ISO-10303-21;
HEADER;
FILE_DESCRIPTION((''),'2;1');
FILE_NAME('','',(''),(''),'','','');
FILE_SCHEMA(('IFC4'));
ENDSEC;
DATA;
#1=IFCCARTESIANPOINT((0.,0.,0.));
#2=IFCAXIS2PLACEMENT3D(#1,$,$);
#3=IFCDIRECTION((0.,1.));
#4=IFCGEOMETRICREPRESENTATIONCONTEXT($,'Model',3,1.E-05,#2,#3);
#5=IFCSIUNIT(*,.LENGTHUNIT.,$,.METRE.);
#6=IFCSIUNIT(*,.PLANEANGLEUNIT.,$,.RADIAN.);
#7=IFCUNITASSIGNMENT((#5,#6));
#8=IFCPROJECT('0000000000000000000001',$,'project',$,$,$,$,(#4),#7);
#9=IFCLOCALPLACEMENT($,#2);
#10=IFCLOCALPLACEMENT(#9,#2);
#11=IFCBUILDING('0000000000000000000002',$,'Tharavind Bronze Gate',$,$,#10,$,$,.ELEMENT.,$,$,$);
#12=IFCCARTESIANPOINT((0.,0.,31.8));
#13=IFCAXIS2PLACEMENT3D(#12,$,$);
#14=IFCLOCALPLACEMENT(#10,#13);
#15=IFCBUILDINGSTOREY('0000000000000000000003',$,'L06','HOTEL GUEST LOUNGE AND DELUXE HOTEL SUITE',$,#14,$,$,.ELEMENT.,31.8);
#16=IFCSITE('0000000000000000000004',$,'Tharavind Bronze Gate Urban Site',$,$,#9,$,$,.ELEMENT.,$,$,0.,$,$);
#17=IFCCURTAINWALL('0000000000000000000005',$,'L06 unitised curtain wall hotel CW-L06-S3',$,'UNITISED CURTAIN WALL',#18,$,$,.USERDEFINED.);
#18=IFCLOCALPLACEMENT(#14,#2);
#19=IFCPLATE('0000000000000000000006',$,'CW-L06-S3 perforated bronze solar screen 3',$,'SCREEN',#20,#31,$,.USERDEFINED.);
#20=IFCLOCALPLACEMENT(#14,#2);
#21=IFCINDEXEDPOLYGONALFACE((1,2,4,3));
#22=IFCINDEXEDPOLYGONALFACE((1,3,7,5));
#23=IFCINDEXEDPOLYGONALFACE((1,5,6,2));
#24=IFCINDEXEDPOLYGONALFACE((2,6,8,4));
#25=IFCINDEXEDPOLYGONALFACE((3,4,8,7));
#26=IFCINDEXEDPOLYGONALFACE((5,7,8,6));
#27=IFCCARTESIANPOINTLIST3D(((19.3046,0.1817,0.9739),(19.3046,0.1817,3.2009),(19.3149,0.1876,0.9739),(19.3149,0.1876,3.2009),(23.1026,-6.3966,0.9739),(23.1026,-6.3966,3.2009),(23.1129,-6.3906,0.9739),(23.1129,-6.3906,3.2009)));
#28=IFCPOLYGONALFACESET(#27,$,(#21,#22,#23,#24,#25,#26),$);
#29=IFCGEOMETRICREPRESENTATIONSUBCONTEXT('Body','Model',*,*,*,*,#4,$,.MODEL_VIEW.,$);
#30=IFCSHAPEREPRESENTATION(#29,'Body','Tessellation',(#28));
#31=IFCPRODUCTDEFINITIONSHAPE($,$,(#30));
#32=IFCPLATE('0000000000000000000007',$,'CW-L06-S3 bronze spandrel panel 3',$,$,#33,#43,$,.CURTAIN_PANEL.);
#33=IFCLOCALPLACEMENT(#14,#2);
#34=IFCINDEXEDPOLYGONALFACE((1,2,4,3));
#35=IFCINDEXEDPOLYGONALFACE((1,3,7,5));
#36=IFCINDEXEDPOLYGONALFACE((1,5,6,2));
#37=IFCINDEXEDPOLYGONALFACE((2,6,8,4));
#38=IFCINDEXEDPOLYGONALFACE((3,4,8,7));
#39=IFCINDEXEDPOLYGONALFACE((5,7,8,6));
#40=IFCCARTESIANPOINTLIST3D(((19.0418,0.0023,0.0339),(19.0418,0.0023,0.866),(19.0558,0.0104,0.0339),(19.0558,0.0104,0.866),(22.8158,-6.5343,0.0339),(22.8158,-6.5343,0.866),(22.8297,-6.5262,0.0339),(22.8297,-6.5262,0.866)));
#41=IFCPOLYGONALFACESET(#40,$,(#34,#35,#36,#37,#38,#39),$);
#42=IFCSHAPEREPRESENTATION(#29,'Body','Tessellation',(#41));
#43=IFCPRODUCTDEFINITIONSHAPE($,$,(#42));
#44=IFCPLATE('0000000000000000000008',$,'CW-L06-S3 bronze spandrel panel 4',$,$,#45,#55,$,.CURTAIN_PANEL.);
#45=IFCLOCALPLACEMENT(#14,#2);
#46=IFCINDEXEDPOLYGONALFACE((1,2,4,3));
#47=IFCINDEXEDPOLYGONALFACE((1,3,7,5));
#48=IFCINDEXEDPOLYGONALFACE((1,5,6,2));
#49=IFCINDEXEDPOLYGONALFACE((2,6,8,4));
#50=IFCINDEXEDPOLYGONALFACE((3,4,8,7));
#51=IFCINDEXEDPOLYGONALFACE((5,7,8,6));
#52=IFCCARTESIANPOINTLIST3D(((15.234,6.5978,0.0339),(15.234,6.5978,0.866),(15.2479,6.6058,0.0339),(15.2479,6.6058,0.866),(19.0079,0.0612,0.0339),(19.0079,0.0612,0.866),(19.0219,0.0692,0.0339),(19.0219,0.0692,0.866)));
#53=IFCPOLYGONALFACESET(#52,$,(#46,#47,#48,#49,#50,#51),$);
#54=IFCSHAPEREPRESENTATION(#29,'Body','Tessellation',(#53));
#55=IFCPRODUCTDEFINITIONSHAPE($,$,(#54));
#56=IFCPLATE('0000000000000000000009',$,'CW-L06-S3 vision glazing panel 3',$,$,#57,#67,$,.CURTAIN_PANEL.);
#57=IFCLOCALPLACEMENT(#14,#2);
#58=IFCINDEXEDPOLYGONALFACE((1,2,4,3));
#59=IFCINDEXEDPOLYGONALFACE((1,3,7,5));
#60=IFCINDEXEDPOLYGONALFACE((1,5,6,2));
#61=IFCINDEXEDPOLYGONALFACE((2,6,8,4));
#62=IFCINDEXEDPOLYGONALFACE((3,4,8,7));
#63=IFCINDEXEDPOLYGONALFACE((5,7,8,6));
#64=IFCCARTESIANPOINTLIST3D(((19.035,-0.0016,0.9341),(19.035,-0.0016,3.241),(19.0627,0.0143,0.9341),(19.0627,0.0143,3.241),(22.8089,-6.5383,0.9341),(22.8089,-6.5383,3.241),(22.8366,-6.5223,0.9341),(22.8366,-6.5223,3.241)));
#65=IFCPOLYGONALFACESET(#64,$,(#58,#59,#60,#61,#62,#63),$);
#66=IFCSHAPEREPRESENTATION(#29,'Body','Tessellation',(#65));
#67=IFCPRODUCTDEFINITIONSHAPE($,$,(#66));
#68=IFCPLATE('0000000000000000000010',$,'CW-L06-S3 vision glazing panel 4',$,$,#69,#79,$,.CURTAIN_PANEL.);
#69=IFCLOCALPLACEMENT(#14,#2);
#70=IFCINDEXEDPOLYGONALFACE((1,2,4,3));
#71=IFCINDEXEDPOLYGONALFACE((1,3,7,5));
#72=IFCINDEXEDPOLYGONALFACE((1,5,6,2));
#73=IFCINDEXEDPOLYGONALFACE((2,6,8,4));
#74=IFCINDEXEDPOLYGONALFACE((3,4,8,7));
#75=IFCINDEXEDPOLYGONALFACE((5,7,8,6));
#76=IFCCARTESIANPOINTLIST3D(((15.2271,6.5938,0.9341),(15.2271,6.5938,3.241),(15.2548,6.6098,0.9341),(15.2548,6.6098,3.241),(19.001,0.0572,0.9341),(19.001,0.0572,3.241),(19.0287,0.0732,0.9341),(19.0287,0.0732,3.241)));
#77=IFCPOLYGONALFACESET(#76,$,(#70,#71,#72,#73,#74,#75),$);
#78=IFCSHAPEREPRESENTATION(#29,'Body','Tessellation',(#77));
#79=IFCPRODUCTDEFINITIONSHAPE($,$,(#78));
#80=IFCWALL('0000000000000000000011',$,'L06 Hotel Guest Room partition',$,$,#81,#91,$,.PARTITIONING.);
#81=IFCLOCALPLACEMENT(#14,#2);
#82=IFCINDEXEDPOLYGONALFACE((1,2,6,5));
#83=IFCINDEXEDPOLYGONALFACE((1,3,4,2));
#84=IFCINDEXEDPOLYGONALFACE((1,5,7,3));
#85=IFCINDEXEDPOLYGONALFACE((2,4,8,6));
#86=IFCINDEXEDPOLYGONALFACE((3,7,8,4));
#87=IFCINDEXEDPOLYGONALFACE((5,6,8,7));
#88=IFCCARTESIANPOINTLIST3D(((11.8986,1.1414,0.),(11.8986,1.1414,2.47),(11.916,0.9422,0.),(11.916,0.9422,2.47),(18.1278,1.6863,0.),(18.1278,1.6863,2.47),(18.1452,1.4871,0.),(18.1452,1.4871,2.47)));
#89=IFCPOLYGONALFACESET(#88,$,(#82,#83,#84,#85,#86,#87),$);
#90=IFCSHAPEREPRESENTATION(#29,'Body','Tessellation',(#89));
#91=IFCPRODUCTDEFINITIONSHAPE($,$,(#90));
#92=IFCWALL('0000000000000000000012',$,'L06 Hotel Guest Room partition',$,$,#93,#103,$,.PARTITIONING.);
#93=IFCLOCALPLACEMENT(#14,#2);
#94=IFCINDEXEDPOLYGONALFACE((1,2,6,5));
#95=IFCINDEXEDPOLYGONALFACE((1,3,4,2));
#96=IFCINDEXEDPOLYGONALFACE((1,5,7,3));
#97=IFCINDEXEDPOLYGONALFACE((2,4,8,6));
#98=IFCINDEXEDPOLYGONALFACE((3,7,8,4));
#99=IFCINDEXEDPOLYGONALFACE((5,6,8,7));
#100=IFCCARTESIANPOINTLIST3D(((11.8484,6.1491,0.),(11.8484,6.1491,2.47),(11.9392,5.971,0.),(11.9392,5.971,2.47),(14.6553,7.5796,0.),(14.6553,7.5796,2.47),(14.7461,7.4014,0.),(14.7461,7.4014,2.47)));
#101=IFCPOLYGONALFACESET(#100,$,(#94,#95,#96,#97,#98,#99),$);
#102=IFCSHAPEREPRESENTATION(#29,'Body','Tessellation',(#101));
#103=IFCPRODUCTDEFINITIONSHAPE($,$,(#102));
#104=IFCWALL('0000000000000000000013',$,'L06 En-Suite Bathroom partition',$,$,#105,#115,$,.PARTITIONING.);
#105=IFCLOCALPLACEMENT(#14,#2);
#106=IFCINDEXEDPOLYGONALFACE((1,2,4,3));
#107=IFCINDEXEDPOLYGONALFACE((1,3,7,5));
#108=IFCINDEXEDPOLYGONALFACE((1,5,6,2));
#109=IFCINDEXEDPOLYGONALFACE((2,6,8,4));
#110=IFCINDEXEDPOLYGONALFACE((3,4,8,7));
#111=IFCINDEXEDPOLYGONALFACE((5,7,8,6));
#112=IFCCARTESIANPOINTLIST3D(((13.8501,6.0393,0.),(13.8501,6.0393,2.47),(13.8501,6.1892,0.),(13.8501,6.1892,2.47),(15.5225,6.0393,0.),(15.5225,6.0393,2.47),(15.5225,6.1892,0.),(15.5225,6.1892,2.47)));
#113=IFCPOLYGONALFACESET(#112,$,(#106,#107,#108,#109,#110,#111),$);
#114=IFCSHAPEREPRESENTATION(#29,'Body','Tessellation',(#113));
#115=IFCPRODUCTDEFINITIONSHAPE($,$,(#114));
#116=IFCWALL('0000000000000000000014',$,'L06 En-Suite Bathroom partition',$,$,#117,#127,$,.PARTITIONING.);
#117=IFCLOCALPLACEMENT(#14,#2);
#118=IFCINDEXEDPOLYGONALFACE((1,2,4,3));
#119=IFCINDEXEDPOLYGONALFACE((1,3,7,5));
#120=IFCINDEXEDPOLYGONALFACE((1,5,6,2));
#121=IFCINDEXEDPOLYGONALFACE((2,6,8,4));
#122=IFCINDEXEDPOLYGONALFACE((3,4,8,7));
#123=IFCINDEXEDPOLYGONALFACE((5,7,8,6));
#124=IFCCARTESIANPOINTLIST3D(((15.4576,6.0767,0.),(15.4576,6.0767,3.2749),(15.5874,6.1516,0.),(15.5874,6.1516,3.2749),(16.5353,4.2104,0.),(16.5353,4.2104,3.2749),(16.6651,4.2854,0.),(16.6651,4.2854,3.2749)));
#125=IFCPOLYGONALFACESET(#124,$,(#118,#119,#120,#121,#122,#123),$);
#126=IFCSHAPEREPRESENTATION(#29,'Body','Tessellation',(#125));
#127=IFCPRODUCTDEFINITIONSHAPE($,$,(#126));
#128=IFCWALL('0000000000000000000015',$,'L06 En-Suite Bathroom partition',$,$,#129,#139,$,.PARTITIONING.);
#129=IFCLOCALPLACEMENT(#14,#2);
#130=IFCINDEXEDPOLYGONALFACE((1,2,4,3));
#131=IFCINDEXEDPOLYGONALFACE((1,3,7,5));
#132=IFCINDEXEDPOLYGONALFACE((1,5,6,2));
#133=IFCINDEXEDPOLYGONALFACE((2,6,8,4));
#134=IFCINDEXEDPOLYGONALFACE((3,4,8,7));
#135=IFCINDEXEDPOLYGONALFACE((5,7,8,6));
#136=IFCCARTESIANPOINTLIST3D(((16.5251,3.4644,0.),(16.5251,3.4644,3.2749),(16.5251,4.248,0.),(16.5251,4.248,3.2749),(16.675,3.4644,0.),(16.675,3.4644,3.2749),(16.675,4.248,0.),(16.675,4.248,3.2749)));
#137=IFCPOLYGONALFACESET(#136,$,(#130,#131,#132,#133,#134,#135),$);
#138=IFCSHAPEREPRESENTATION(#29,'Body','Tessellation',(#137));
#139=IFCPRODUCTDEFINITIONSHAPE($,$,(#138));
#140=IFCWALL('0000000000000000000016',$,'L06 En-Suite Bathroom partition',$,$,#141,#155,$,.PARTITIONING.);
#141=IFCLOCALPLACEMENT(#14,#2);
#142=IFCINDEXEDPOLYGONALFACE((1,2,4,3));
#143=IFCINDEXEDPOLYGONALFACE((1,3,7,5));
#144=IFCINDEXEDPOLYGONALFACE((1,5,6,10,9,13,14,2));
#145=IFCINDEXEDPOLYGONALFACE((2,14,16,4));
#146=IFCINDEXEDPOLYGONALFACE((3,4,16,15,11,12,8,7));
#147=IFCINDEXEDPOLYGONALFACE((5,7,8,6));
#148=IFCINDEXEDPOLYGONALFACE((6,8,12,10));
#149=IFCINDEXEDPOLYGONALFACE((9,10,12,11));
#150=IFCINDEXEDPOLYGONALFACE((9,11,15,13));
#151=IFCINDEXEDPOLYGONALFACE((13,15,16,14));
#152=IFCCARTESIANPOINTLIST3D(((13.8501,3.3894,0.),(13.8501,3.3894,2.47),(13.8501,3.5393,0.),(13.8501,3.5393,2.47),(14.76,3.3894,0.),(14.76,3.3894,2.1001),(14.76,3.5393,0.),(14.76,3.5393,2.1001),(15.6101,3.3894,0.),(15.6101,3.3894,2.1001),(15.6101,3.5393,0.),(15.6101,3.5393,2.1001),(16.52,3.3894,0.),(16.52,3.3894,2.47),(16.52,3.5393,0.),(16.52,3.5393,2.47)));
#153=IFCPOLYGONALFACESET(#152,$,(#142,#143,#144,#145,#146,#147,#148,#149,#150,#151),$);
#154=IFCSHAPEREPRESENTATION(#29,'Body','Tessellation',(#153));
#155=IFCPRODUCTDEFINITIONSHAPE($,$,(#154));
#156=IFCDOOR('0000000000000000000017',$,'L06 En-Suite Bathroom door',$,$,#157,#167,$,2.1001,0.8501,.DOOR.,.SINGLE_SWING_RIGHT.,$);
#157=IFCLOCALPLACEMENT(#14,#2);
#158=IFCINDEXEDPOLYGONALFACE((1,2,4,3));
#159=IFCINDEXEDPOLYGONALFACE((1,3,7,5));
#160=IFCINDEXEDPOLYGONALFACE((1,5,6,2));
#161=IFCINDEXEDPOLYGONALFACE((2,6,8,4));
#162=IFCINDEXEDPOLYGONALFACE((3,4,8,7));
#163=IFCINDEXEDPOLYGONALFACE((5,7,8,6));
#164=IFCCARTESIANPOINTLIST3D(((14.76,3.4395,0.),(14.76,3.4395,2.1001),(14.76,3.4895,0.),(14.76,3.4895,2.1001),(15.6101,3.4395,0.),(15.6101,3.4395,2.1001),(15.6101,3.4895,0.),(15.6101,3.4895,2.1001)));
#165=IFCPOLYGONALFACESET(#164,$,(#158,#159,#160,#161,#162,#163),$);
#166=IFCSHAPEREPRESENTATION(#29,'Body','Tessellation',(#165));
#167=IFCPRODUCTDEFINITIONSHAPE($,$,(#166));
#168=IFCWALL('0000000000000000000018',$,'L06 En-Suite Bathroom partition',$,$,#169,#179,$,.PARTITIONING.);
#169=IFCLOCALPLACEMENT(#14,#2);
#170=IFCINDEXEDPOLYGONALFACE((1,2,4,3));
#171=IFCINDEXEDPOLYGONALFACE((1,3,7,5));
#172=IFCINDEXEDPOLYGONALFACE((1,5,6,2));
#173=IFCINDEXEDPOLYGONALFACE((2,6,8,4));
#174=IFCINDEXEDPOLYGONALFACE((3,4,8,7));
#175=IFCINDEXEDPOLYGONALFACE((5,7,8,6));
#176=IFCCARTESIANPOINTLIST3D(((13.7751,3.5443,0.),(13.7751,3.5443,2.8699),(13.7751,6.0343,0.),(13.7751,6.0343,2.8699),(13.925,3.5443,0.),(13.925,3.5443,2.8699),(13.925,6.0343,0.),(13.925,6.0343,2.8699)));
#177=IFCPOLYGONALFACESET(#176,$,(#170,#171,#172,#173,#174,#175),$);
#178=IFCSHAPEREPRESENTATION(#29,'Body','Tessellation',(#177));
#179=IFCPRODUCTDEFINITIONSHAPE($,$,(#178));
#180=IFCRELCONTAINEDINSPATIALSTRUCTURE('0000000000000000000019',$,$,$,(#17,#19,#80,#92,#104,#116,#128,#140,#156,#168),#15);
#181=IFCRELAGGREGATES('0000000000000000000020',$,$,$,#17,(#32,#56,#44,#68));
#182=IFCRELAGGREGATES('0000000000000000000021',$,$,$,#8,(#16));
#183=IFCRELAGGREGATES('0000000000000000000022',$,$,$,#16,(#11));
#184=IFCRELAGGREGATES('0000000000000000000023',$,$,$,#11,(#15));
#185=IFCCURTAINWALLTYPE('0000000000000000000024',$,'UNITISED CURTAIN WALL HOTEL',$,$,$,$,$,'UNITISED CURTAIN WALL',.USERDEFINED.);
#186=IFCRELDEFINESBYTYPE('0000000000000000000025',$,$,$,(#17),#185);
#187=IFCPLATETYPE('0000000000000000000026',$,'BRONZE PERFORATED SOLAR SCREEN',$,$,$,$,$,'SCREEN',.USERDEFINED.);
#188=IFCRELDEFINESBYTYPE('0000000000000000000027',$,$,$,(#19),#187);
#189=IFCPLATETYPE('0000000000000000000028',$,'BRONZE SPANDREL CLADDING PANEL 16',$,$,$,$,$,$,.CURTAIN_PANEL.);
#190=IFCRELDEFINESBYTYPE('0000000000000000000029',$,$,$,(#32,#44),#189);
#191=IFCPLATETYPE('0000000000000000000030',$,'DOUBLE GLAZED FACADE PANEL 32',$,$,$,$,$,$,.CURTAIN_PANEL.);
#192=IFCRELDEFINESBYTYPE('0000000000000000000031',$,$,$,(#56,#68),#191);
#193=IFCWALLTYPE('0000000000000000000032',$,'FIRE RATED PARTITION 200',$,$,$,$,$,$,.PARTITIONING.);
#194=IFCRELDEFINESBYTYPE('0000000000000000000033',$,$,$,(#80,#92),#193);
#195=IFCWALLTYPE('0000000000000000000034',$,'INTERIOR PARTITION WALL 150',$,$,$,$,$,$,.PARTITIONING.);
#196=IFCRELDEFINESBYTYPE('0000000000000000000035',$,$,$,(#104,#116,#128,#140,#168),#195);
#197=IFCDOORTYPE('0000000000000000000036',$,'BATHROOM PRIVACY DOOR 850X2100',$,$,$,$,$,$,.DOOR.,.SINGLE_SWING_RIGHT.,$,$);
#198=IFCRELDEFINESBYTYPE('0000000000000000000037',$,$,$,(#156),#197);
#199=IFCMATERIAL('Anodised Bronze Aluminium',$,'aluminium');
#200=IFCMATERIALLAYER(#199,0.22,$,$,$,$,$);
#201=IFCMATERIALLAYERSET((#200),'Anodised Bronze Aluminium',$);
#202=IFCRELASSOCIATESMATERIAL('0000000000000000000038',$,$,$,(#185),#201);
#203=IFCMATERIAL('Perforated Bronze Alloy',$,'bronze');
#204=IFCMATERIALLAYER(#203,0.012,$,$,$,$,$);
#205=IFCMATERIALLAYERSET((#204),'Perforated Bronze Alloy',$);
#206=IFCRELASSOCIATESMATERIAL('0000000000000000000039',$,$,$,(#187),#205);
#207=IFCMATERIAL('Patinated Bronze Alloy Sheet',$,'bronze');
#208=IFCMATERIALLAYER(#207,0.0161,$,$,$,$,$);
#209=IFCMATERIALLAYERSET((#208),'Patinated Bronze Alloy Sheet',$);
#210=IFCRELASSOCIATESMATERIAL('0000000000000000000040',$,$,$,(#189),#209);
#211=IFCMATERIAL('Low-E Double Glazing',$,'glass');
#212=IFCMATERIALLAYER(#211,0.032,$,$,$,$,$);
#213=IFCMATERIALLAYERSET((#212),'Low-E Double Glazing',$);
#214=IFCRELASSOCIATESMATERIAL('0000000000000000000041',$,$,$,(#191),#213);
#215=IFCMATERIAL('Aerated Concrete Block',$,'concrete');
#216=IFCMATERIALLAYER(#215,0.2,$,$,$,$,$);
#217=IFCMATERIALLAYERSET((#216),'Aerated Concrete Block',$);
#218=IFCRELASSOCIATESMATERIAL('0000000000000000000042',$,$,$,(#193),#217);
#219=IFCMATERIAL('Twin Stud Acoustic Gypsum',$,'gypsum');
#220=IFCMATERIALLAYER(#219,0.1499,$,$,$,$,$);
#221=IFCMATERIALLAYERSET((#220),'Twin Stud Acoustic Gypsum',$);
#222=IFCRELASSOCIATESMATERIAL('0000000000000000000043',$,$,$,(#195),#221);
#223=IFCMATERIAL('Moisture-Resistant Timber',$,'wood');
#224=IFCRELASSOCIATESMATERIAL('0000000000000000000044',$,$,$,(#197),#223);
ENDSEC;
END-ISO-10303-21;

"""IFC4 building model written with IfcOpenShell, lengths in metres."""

from ifc_helpers import new_model, si_unit, direction, frame, frame_2d, origin, origin_2d, place, context, subcontext, project, spatial, rectangle, extrude, material, layer, layer_set, type_object, element, fill, aggregate, save


model = new_model("IFC4")

# Units and contexts
model_context = context("Model", 3, precision=1e-05, world=origin(), true_north=direction((0.0, 1.0)))
body_context = subcontext(model_context, "Body", "Model", "MODEL_VIEW")
ifc_project = project(units=[si_unit("LENGTHUNIT", "METRE"), si_unit("PLANEANGLEUNIT", "RADIAN")], contexts=[model_context])

# Site, building, storey
site_placement = place(None, origin())
site = spatial("IfcSite", under=ifc_project, at=site_placement, Name="Tharavind Bronze Gate Urban Site", CompositionType="ELEMENT", RefElevation=0.0)
building_placement = place(site_placement, origin())
building = spatial("IfcBuilding", under=site, at=building_placement, Name="Tharavind Bronze Gate", CompositionType="ELEMENT")
storey_placement = place(building_placement, frame((0.0, 0.0, 31.8)))
storey = spatial("IfcBuildingStorey", under=building, at=storey_placement, Name="L06", Description="HOTEL GUEST LOUNGE AND DELUXE HOTEL SUITE", CompositionType="ELEMENT", Elevation=31.8)

# Curtain wall
ifc_material_1 = material(Name="Anodised Bronze Aluminium", Category="aluminium")
ifc_layer_1 = layer(ifc_material_1, 0.22)
ifc_layer_set_1 = layer_set([ifc_layer_1], Name="Anodised Bronze Aluminium")
curtain_wall_type = type_object("IfcCurtainWallType", Name="UNITISED CURTAIN WALL HOTEL", ElementType="UNITISED CURTAIN WALL", PredefinedType="USERDEFINED", material=ifc_layer_set_1)
curtain_wall_placement = place(storey_placement, origin())
curtain_wall = element("IfcCurtainWall", 1, at=curtain_wall_placement, inside=storey, type_object=curtain_wall_type, Name="L06 unitised curtain wall hotel CW-L06-S3", ObjectType="UNITISED CURTAIN WALL", PredefinedType="USERDEFINED")

# Plates
ifc_material_2 = material(Name="Perforated Bronze Alloy", Category="bronze")
ifc_layer_2 = layer(ifc_material_2, 0.012)
ifc_layer_set_2 = layer_set([ifc_layer_2], Name="Perforated Bronze Alloy")
plate_type_1 = type_object("IfcPlateType", Name="BRONZE PERFORATED SOLAR SCREEN", ElementType="SCREEN", PredefinedType="USERDEFINED", material=ifc_layer_set_2)
plate_1_placement = place(storey_placement, frame((21.2087, -3.1045, 0.9739), z_axis=(0.0, 0.0, 1.0), x_axis=(-0.500002, 0.866025, 0.0)))
element("IfcPlate", 2, at=plate_1_placement, inside=storey, type_object=plate_type_1, Name="CW-L06-S3 perforated bronze solar screen 3", ObjectType="SCREEN", PredefinedType="USERDEFINED", context=body_context, shape_type="SweptSolid", body=[
    extrude(rectangle(XDim=7.5959, YDim=0.012, at=origin_2d()), origin(), (0.0, 0.0, 1.0), 2.2271),
])
ifc_material_3 = material(Name="Patinated Bronze Alloy Sheet", Category="bronze")
ifc_layer_3 = layer(ifc_material_3, 0.0161)
ifc_layer_set_3 = layer_set([ifc_layer_3], Name="Patinated Bronze Alloy Sheet")
plate_type_2 = type_object("IfcPlateType", Name="BRONZE SPANDREL CLADDING PANEL 16", PredefinedType="CURTAIN_PANEL", material=ifc_layer_set_3)
plate_2_placement = place(storey_placement, frame((20.9358, -3.262, 0.0339), z_axis=(0.0, 0.0, 1.0), x_axis=(-0.500002, 0.866025, 0.0)))
plate_2 = element("IfcPlate", 3, at=plate_2_placement, type_object=plate_type_2, Name="CW-L06-S3 bronze spandrel panel 3", PredefinedType="CURTAIN_PANEL", context=body_context, shape_type="SweptSolid", body=[
    extrude(rectangle(XDim=7.5479, YDim=0.0161, at=origin_2d()), origin(), (0.0, 0.0, 1.0), 0.832),
])
plate_3_placement = place(storey_placement, frame((17.1279, 3.3335, 0.0339), z_axis=(0.0, 0.0, 1.0), x_axis=(-0.500002, 0.866025, 0.0)))
plate_3 = element("IfcPlate", 4, at=plate_3_placement, type_object=plate_type_2, Name="CW-L06-S3 bronze spandrel panel 4", PredefinedType="CURTAIN_PANEL", context=body_context, shape_type="SweptSolid", body=[
    extrude(rectangle(XDim=7.5479, YDim=0.0161, at=origin_2d()), origin(), (0.0, 0.0, 1.0), 0.832),
])
ifc_material_4 = material(Name="Low-E Double Glazing", Category="glass")
ifc_layer_4 = layer(ifc_material_4, 0.032)
ifc_layer_set_4 = layer_set([ifc_layer_4], Name="Low-E Double Glazing")
plate_type_3 = type_object("IfcPlateType", Name="DOUBLE GLAZED FACADE PANEL 32", PredefinedType="CURTAIN_PANEL", material=ifc_layer_set_4)
plate_4_placement = place(storey_placement, frame((20.9358, -3.262, 0.9341), z_axis=(0.0, 0.0, 1.0), x_axis=(-0.500002, 0.866025, 0.0)))
plate_4 = element("IfcPlate", 5, at=plate_4_placement, type_object=plate_type_3, Name="CW-L06-S3 vision glazing panel 3", PredefinedType="CURTAIN_PANEL", context=body_context, shape_type="SweptSolid", body=[
    extrude(rectangle(XDim=7.5479, YDim=0.032, at=origin_2d()), origin(), (0.0, 0.0, 1.0), 2.3069),
])
plate_5_placement = place(storey_placement, frame((17.1279, 3.3335, 0.9341), z_axis=(0.0, 0.0, 1.0), x_axis=(-0.500002, 0.866025, 0.0)))
plate_5 = element("IfcPlate", 6, at=plate_5_placement, type_object=plate_type_3, Name="CW-L06-S3 vision glazing panel 4", PredefinedType="CURTAIN_PANEL", context=body_context, shape_type="SweptSolid", body=[
    extrude(rectangle(XDim=7.5479, YDim=0.032, at=origin_2d()), origin(), (0.0, 0.0, 1.0), 2.3069),
])
aggregate(curtain_wall, [plate_2, plate_4, plate_3, plate_5])

# Wall
ifc_material_5 = material(Name="Aerated Concrete Block", Category="concrete")
ifc_layer_5 = layer(ifc_material_5, 0.2)
ifc_layer_set_5 = layer_set([ifc_layer_5], Name="Aerated Concrete Block")
wall_type_1 = type_object("IfcWallType", Name="FIRE RATED PARTITION 200", PredefinedType="PARTITIONING", material=ifc_layer_set_5)
wall_1_placement = place(storey_placement, frame((18.1365, 1.5867, 0.0), z_axis=(0.0, 0.0, 1.0), x_axis=(-0.996196, -0.087145, 0.0)))
element("IfcWall", 7, at=wall_1_placement, inside=storey, type_object=wall_type_1, Name="L06 Hotel Guest Room partition", PredefinedType="PARTITIONING", context=body_context, shape_type="SweptSolid", body=[
    extrude(rectangle(XDim=6.2529, YDim=0.2, at=frame_2d((3.1265, 0.0))), origin(), (0.0, 0.0, 1.0), 2.47),
])

# Wall
wall_2_placement = place(storey_placement, frame((11.8938, 6.0601, 0.0), z_axis=(0.0, 0.0, 1.0), x_axis=(0.890976, 0.454051, 0.0)))
element("IfcWall", 8, at=wall_2_placement, inside=storey, type_object=wall_type_1, Name="L06 Hotel Guest Room partition", PredefinedType="PARTITIONING", context=body_context, shape_type="SweptSolid", body=[
    extrude(rectangle(XDim=3.1504, YDim=0.2, at=frame_2d((1.5752, 0.0))), origin(), (0.0, 0.0, 1.0), 2.47),
])

# Walls
ifc_material_6 = material(Name="Twin Stud Acoustic Gypsum", Category="gypsum")
ifc_layer_6 = layer(ifc_material_6, 0.1499)
ifc_layer_set_6 = layer_set([ifc_layer_6], Name="Twin Stud Acoustic Gypsum")
wall_type_2 = type_object("IfcWallType", Name="INTERIOR PARTITION WALL 150", PredefinedType="PARTITIONING", material=ifc_layer_set_6)
wall_3_placement = place(storey_placement, frame((13.8501, 6.1143, 0.0), z_axis=(0.0, 0.0, 1.0), x_axis=(1.0, 0.0, 0.0)))
element("IfcWall", 9, at=wall_3_placement, inside=storey, type_object=wall_type_2, Name="L06 En-Suite Bathroom partition", PredefinedType="PARTITIONING", context=body_context, shape_type="SweptSolid", body=[
    extrude(rectangle(XDim=1.6724, YDim=0.1499, at=frame_2d((0.8362, 0.0))), origin(), (0.0, 0.0, 1.0), 2.47),
])
wall_4_placement = place(storey_placement, frame((15.5225, 6.1143, 0.0), z_axis=(0.0, 0.0, 1.0), x_axis=(0.500062, -0.865989, 0.0)))
element("IfcWall", 10, at=wall_4_placement, inside=storey, type_object=wall_type_2, Name="L06 En-Suite Bathroom partition", PredefinedType="PARTITIONING", context=body_context, shape_type="SweptSolid", body=[
    extrude(rectangle(XDim=2.155, YDim=0.1499, at=frame_2d((1.0776, 0.0))), origin(), (0.0, 0.0, 1.0), 3.2749),
])
wall_5_placement = place(storey_placement, frame((16.6001, 4.248, 0.0), z_axis=(0.0, 0.0, 1.0), x_axis=(0.0, -1.0, 0.0)))
element("IfcWall", 11, at=wall_5_placement, inside=storey, type_object=wall_type_2, Name="L06 En-Suite Bathroom partition", PredefinedType="PARTITIONING", context=body_context, shape_type="SweptSolid", body=[
    extrude(rectangle(XDim=0.7837, YDim=0.1499, at=frame_2d((0.3918, 0.0))), origin(), (0.0, 0.0, 1.0), 3.2749),
])

# Wall, opening, door
wall_6_placement = place(storey_placement, frame((16.52, 3.4644, 0.0), z_axis=(0.0, 0.0, 1.0), x_axis=(-1.0, 0.0, 0.0)))
wall_6 = element("IfcWall", 12, at=wall_6_placement, inside=storey, type_object=wall_type_2, Name="L06 En-Suite Bathroom partition", PredefinedType="PARTITIONING", context=body_context, shape_type="SweptSolid", body=[
    extrude(rectangle(XDim=2.6699, YDim=0.1499, at=frame_2d((1.335, 0.0))), origin(), (0.0, 0.0, 1.0), 2.47),
])
opening_1_placement = place(wall_6_placement, frame((0.9099, 0.0, 0.0)))
opening_1 = element("IfcOpeningElement", 13, at=opening_1_placement, cuts=wall_6, PredefinedType="OPENING", context=body_context, shape_type="SweptSolid", body=[
    extrude(rectangle(XDim=0.8501, YDim=2.1001, at=frame_2d((0.425, 1.05))), frame((0.0, 0.085, 0.0), z_axis=(0.0, -1.0, 0.0), x_axis=(1.0, 0.0, 0.0)), (0.0, 0.0, 1.0), 0.1699),
])
ifc_material_7 = material(Name="Moisture-Resistant Timber", Category="wood")
door_type_1 = type_object("IfcDoorType", Name="BATHROOM PRIVACY DOOR 850X2100", OperationType="SINGLE_SWING_RIGHT", PredefinedType="DOOR", material=ifc_material_7)
door_1_placement = place(opening_1_placement, origin())
door_1 = element("IfcDoor", 14, at=door_1_placement, inside=storey, type_object=door_type_1, Name="L06 En-Suite Bathroom door", OperationType="SINGLE_SWING_RIGHT", OverallHeight=2.1001, OverallWidth=0.8501, PredefinedType="DOOR", context=body_context, shape_type="SweptSolid", body=[
    extrude(rectangle(XDim=0.8501, YDim=2.1001, at=frame_2d((0.425, 1.05))), frame((0.0, 0.0249, 0.0), z_axis=(0.0, -1.0, 0.0), x_axis=(1.0, 0.0, 0.0)), (0.0, 0.0, 1.0), 0.05),
])
fill(opening_1, door_1)

# Wall
wall_7_placement = place(storey_placement, frame((13.8501, 3.5442, 0.0), z_axis=(0.0, 0.0, 1.0), x_axis=(0.0, 1.0, 0.0)))
element("IfcWall", 15, at=wall_7_placement, inside=storey, type_object=wall_type_2, Name="L06 En-Suite Bathroom partition", PredefinedType="PARTITIONING", context=body_context, shape_type="SweptSolid", body=[
    extrude(rectangle(XDim=2.49, YDim=0.1499, at=frame_2d((1.2451, 0.0))), origin(), (0.0, 0.0, 1.0), 2.8699),
])

save(model, "model.ifc")
